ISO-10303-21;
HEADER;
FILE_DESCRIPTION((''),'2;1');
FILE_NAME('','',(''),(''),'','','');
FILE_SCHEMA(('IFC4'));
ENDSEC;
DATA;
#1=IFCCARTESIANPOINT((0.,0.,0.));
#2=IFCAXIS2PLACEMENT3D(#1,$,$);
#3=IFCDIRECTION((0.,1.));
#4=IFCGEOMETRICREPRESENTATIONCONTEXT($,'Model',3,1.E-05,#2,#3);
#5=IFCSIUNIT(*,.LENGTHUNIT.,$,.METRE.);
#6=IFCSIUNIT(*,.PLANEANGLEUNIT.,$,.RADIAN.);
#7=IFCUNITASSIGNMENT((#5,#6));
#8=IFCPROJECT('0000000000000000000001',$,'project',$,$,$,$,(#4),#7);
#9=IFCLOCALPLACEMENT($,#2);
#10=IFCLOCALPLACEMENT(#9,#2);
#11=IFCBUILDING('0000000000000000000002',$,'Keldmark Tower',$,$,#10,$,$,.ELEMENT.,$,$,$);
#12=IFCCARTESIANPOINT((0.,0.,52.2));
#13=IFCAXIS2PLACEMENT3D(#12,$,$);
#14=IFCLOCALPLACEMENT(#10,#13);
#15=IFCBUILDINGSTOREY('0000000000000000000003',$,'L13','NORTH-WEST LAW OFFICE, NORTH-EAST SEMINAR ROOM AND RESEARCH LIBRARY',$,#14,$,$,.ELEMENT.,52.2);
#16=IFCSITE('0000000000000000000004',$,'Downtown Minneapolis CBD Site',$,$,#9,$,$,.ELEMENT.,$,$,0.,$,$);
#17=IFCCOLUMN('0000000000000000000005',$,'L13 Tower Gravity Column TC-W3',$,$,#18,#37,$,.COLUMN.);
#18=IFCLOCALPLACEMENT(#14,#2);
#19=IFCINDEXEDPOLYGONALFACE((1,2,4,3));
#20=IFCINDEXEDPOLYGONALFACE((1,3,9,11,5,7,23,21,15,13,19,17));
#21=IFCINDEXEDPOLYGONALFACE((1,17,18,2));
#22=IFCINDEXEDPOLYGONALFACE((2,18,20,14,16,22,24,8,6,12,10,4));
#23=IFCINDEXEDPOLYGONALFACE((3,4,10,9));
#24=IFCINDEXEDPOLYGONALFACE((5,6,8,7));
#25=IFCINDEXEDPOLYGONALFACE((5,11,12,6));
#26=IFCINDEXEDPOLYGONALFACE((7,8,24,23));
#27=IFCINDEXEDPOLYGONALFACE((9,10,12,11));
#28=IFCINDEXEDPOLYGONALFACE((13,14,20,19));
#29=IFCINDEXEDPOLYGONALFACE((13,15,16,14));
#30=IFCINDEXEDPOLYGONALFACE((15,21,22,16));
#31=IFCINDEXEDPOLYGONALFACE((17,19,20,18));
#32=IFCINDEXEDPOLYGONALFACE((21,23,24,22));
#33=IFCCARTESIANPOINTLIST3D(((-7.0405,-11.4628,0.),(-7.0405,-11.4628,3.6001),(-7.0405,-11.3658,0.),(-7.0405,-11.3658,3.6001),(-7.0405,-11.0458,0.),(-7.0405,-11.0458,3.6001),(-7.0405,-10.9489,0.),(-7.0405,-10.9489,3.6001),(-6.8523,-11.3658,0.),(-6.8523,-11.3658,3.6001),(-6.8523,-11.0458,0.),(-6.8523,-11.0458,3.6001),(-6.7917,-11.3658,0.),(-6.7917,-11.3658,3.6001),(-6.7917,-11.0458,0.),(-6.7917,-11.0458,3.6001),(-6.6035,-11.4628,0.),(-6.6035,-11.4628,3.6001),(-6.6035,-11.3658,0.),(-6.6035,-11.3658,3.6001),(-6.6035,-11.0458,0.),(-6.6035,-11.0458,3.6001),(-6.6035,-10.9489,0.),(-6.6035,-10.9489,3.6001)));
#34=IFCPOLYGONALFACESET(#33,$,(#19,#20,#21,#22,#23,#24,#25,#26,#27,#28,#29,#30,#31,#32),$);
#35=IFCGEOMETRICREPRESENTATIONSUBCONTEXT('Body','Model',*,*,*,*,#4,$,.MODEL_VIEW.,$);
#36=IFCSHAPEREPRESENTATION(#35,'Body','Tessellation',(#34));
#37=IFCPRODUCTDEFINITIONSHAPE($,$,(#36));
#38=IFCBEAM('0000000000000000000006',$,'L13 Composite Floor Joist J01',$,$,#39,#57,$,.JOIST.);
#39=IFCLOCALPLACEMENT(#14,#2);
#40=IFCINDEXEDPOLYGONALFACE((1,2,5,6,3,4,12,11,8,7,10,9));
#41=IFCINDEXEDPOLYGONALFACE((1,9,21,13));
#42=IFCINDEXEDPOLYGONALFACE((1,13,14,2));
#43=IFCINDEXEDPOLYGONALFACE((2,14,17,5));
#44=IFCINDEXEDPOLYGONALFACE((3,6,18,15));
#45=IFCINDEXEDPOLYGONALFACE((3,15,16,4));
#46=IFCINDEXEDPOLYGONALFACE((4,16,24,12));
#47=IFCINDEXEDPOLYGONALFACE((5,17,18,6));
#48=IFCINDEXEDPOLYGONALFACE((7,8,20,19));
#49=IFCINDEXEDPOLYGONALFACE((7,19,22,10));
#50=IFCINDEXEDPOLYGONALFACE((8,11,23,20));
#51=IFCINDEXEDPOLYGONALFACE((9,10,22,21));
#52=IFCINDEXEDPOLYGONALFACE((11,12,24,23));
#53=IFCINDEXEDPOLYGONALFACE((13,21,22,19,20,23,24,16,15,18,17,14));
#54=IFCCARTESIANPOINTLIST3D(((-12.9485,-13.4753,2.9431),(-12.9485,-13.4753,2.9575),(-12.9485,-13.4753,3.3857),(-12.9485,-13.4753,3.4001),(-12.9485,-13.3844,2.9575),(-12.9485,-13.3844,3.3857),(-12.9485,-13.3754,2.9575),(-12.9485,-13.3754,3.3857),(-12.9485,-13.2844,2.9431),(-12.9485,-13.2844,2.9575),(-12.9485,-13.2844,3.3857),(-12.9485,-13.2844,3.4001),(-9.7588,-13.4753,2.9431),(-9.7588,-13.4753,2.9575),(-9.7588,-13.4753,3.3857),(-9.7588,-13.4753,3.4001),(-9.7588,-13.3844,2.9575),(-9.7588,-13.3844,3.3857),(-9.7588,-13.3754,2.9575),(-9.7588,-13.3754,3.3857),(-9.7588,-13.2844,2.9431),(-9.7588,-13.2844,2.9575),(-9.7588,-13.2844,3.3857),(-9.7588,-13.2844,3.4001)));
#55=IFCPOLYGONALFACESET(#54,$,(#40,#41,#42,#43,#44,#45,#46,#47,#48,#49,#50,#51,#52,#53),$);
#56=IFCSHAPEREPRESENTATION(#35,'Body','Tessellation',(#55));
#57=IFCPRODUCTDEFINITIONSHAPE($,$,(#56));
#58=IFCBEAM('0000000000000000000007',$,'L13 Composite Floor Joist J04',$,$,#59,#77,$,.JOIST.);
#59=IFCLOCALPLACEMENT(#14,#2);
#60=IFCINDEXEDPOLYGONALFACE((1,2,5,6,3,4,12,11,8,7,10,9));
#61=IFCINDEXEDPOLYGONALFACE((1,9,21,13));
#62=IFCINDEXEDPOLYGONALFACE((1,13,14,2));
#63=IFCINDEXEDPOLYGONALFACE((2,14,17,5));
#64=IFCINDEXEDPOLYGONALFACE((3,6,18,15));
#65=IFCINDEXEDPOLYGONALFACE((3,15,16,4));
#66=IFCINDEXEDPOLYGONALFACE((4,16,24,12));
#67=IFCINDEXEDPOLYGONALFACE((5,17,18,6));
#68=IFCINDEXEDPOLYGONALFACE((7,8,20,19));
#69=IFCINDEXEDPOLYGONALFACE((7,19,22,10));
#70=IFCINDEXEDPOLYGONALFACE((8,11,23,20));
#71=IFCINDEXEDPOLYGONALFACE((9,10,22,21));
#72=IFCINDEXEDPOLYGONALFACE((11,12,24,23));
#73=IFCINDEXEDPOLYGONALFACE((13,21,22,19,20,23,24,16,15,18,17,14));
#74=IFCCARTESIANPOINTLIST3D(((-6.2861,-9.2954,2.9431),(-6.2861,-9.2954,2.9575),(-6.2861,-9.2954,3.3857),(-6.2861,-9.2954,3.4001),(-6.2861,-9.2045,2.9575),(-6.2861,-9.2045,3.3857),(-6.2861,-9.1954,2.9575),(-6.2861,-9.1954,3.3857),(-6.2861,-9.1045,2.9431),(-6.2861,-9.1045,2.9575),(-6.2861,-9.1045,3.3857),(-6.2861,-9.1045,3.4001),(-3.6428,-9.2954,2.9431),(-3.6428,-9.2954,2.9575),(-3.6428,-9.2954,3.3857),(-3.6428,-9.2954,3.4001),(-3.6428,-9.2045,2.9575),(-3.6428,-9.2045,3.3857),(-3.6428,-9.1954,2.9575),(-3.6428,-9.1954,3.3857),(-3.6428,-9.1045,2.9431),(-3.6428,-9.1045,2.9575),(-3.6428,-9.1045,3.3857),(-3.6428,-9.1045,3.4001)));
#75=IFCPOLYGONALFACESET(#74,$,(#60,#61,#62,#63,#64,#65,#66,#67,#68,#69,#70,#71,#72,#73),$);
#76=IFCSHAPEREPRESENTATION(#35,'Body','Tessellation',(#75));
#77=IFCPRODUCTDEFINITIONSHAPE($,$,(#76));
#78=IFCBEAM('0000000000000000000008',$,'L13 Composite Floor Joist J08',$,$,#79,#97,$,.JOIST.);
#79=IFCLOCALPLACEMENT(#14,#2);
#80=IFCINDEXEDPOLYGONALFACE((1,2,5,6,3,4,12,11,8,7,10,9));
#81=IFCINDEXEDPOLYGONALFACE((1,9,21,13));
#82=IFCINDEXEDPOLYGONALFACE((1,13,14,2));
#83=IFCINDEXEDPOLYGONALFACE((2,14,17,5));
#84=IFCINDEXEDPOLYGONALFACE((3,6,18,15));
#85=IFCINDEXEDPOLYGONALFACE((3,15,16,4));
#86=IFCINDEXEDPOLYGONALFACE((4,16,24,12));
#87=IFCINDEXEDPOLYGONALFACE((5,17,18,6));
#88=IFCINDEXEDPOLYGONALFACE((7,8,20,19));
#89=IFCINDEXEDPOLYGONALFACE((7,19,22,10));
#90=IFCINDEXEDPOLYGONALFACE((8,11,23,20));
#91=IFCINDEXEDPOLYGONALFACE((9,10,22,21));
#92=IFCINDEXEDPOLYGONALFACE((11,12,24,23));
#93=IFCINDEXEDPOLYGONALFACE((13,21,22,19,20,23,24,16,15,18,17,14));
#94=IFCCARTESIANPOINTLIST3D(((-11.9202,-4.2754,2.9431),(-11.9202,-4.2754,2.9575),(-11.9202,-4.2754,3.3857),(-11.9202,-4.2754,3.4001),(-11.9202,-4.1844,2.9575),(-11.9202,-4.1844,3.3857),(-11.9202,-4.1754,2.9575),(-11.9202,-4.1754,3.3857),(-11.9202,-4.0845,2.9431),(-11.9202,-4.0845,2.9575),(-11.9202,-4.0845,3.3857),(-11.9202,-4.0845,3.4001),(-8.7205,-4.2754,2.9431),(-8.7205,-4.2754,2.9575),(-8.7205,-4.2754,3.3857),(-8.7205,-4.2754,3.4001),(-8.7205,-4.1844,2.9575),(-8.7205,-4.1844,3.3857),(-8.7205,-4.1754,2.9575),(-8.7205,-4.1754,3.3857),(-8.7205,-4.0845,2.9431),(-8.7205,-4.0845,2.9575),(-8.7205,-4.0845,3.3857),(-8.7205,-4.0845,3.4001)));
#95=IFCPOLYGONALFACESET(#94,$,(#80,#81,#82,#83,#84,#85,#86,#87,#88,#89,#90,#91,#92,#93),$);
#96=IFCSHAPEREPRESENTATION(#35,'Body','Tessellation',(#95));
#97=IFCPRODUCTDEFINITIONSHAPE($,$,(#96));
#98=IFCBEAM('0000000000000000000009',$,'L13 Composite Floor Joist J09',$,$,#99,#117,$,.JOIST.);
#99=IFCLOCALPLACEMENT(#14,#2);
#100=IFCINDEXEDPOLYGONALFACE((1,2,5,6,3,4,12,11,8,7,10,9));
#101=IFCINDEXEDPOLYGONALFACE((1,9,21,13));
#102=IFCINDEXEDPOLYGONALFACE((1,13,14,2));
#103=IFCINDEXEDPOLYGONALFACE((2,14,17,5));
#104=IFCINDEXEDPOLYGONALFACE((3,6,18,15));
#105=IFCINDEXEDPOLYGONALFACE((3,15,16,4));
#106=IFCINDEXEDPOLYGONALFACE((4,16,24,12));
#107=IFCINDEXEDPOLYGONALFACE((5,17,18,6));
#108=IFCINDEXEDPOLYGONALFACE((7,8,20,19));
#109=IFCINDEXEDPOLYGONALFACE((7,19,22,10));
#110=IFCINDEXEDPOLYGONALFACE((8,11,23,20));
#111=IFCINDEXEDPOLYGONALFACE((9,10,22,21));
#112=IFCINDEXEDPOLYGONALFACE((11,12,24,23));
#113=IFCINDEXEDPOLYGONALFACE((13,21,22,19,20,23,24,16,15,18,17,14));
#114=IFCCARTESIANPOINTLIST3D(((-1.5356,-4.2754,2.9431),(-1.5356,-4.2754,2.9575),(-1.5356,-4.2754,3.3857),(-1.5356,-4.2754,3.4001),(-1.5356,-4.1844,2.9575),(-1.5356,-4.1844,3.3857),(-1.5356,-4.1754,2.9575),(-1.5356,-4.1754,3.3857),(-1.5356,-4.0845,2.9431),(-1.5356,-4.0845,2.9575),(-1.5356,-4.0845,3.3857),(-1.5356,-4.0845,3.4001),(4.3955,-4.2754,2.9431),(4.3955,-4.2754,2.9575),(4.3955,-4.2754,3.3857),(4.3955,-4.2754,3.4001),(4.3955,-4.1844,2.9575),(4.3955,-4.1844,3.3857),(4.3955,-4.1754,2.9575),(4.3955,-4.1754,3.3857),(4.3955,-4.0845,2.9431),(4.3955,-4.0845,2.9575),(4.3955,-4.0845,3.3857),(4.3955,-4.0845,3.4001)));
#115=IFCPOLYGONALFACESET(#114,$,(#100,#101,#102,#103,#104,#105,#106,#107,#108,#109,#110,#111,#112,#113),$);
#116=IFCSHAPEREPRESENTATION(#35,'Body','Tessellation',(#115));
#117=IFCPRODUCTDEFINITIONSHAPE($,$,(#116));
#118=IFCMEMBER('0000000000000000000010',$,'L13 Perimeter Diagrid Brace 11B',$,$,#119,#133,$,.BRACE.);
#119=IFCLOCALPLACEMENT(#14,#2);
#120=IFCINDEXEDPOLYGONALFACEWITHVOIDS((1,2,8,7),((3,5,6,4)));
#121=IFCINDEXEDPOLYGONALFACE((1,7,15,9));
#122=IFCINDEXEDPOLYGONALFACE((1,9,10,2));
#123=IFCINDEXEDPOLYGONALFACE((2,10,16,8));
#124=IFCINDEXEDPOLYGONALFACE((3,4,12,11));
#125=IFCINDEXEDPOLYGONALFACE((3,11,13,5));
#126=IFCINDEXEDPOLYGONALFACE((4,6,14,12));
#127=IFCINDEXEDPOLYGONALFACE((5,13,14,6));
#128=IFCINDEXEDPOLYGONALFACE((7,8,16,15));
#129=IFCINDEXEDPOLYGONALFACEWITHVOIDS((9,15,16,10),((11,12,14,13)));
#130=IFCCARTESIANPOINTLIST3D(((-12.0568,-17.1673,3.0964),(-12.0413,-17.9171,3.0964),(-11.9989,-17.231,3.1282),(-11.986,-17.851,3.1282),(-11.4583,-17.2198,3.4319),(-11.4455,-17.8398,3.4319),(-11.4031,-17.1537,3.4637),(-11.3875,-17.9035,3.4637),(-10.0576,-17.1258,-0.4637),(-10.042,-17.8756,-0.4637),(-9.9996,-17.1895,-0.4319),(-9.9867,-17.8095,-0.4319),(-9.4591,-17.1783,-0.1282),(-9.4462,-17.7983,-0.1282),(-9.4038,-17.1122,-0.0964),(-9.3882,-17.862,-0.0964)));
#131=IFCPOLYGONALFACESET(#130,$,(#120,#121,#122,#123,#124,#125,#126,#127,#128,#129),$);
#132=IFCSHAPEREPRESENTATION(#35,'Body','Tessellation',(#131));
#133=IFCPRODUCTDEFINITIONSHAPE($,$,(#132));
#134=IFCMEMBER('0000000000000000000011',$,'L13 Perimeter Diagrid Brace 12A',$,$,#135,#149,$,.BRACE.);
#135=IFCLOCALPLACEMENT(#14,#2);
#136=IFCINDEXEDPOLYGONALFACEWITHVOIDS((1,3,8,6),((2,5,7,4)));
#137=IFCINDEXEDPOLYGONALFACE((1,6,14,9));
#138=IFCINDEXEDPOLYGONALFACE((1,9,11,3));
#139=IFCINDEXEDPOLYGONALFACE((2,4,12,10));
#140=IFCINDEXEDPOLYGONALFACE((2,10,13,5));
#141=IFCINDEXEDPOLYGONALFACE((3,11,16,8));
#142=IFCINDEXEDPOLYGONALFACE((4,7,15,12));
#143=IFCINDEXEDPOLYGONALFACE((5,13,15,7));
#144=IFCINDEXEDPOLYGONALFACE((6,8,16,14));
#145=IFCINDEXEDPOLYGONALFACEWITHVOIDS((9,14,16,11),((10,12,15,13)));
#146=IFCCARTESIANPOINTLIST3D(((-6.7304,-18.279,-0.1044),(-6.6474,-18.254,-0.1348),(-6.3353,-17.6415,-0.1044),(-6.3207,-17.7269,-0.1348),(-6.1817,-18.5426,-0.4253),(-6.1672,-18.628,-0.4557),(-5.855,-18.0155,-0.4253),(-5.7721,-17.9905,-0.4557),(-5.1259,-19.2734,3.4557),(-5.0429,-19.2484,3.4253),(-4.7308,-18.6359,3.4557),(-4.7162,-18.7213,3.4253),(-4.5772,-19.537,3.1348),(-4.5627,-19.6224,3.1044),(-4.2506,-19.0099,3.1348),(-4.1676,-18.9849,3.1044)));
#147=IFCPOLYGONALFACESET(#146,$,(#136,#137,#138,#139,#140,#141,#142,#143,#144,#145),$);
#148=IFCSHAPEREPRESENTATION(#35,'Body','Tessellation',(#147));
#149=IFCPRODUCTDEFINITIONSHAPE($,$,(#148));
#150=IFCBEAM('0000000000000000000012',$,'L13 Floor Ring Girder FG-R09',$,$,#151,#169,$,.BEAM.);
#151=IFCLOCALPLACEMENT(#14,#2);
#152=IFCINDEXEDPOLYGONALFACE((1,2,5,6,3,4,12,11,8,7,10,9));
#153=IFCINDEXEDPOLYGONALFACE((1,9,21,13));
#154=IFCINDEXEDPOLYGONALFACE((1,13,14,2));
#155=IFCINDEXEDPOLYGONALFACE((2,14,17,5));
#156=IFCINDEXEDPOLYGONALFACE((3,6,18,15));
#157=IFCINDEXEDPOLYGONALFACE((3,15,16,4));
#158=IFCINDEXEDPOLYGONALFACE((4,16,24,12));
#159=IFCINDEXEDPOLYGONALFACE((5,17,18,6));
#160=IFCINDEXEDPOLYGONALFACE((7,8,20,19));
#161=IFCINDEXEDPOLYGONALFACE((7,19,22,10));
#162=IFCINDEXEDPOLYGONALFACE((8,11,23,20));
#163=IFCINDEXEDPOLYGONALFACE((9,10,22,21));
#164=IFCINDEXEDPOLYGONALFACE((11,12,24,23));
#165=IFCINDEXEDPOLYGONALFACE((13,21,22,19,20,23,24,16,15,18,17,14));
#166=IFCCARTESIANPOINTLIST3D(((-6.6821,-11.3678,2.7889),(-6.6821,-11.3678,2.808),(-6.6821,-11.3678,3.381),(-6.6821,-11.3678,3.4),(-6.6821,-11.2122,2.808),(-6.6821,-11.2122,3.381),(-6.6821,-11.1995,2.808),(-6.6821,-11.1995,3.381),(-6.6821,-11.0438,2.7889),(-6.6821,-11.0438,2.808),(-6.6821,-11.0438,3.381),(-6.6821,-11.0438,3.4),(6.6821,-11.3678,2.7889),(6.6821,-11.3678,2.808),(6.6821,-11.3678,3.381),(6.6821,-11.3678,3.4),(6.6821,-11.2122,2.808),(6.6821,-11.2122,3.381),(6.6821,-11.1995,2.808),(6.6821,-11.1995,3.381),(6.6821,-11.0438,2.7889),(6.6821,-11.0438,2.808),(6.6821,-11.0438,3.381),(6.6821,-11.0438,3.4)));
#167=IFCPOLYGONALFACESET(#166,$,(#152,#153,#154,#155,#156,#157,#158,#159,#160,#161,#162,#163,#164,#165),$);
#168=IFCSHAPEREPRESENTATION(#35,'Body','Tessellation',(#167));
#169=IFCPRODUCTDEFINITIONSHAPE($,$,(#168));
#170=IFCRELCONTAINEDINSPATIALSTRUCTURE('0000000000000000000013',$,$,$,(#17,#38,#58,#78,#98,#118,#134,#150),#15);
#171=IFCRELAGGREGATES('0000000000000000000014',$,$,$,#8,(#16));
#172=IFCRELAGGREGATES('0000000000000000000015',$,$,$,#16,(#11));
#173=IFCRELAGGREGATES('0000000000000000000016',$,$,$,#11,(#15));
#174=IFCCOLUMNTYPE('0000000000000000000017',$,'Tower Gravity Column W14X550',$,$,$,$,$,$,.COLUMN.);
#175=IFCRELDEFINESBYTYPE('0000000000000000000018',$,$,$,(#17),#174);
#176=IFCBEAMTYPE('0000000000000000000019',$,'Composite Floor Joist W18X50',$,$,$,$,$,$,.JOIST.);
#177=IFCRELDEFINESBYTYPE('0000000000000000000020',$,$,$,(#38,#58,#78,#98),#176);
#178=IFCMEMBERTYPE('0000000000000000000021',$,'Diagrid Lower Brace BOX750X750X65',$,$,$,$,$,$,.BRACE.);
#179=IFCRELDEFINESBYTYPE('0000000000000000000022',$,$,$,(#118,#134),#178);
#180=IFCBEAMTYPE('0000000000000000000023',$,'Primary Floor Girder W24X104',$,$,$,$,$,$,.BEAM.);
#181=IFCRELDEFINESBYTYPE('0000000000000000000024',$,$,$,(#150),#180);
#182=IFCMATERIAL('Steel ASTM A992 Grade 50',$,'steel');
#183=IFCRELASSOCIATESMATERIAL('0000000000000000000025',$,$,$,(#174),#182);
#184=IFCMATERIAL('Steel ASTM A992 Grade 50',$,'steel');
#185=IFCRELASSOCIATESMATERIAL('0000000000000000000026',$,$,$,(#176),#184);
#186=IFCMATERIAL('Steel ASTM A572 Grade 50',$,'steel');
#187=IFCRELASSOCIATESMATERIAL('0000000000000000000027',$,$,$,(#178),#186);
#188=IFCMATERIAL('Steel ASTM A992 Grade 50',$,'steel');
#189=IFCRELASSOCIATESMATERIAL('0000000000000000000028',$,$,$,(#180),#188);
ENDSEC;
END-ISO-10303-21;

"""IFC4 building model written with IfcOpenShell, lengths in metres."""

from ifc_helpers import new_model, si_unit, direction, frame, origin, origin_2d, place, context, subcontext, project, spatial, hollow_rectangle, i_section, extrude, material, material_profile, profile_set, type_object, element, save


model = new_model("IFC4")

# Units and contexts
model_context = context("Model", 3, precision=1e-05, world=origin(), true_north=direction((0.0, 1.0)))
body_context = subcontext(model_context, "Body", "Model", "MODEL_VIEW")
ifc_project = project(units=[si_unit("LENGTHUNIT", "METRE"), si_unit("PLANEANGLEUNIT", "RADIAN")], contexts=[model_context])

# Site, building, storey
site_placement = place(None, origin())
site = spatial("IfcSite", under=ifc_project, at=site_placement, Name="Downtown Minneapolis CBD Site", CompositionType="ELEMENT", RefElevation=0.0)
building_placement = place(site_placement, origin())
building = spatial("IfcBuilding", under=site, at=building_placement, Name="Keldmark Tower", CompositionType="ELEMENT")
storey_placement = place(building_placement, frame((0.0, 0.0, 52.2)))
storey = spatial("IfcBuildingStorey", under=building, at=storey_placement, Name="L13", Description="NORTH-WEST LAW OFFICE, NORTH-EAST SEMINAR ROOM AND RESEARCH LIBRARY", CompositionType="ELEMENT", Elevation=52.2)

# Column
ifc_material_1 = material(Name="Steel ASTM A992 Grade 50", Category="steel")
ifc_material_profile_1 = material_profile(ifc_material_1, i_section(OverallWidth=0.437, OverallDepth=0.5139, WebThickness=0.0605, FlangeThickness=0.0969, at=origin_2d()), Name="W14X550")
ifc_profile_set_1 = profile_set([ifc_material_profile_1], Name="Steel ASTM A992 Grade 50")
column_type = type_object("IfcColumnType", Name="Tower Gravity Column W14X550", PredefinedType="COLUMN", material=ifc_profile_set_1)
column_placement = place(storey_placement, frame((-6.822, -11.2058, 0.0), z_axis=(0.0, 0.0, 1.0), x_axis=(1.0, 0.0, 0.0)))
element("IfcColumn", 1, at=column_placement, inside=storey, type_object=column_type, Name="L13 Tower Gravity Column TC-W3", PredefinedType="COLUMN", context=body_context, shape_type="SweptSolid", body=[
    extrude(i_section(OverallWidth=0.437, OverallDepth=0.5139, WebThickness=0.0605, FlangeThickness=0.0969, at=origin_2d()), origin(), (0.0, 0.0, 1.0), 3.6001),
])

# Beams
ifc_material_2 = material(Name="Steel ASTM A992 Grade 50", Category="steel")
ifc_material_profile_2 = material_profile(ifc_material_2, i_section(OverallWidth=0.1909, OverallDepth=0.457, WebThickness=0.009, FlangeThickness=0.0144, at=origin_2d()), Name="W18X50")
ifc_profile_set_2 = profile_set([ifc_material_profile_2], Name="Steel ASTM A992 Grade 50")
beam_type_1 = type_object("IfcBeamType", Name="Composite Floor Joist W18X50", PredefinedType="JOIST", material=ifc_profile_set_2)
beam_1_placement = place(storey_placement, frame((-12.9485, -13.3799, 3.1716), z_axis=(1.0, 0.0, 0.0), x_axis=(0.0, 1.0, 0.0)))
element("IfcBeam", 2, at=beam_1_placement, inside=storey, type_object=beam_type_1, Name="L13 Composite Floor Joist J01", PredefinedType="JOIST", context=body_context, shape_type="SweptSolid", body=[
    extrude(i_section(OverallWidth=0.1909, OverallDepth=0.457, WebThickness=0.009, FlangeThickness=0.0144, at=origin_2d()), origin(), (0.0, 0.0, 1.0), 3.1897),
])
beam_2_placement = place(storey_placement, frame((-6.2861, -9.2, 3.1716), z_axis=(1.0, 0.0, 0.0), x_axis=(0.0, 1.0, 0.0)))
element("IfcBeam", 3, at=beam_2_placement, inside=storey, type_object=beam_type_1, Name="L13 Composite Floor Joist J04", PredefinedType="JOIST", context=body_context, shape_type="SweptSolid", body=[
    extrude(i_section(OverallWidth=0.1909, OverallDepth=0.457, WebThickness=0.009, FlangeThickness=0.0144, at=origin_2d()), origin(), (0.0, 0.0, 1.0), 2.6433),
])
beam_3_placement = place(storey_placement, frame((-11.9202, -4.1799, 3.1716), z_axis=(1.0, 0.0, 0.0), x_axis=(0.0, 1.0, 0.0)))
element("IfcBeam", 4, at=beam_3_placement, inside=storey, type_object=beam_type_1, Name="L13 Composite Floor Joist J08", PredefinedType="JOIST", context=body_context, shape_type="SweptSolid", body=[
    extrude(i_section(OverallWidth=0.1909, OverallDepth=0.457, WebThickness=0.009, FlangeThickness=0.0144, at=origin_2d()), origin(), (0.0, 0.0, 1.0), 3.1997),
])
beam_4_placement = place(storey_placement, frame((-1.5356, -4.1799, 3.1716), z_axis=(1.0, 0.0, 0.0), x_axis=(0.0, 1.0, 0.0)))
element("IfcBeam", 5, at=beam_4_placement, inside=storey, type_object=beam_type_1, Name="L13 Composite Floor Joist J09", PredefinedType="JOIST", context=body_context, shape_type="SweptSolid", body=[
    extrude(i_section(OverallWidth=0.1909, OverallDepth=0.457, WebThickness=0.009, FlangeThickness=0.0144, at=origin_2d()), origin(), (0.0, 0.0, 1.0), 5.9312),
])

# Members
ifc_material_3 = material(Name="Steel ASTM A572 Grade 50", Category="steel")
ifc_material_profile_3 = material_profile(ifc_material_3, hollow_rectangle(XDim=0.75, YDim=0.75, WallThickness=0.0649, at=origin_2d()), Name="BOX750X750X65")
ifc_profile_set_3 = profile_set([ifc_material_profile_3], Name="Steel ASTM A572 Grade 50")
member_type = type_object("IfcMemberType", Name="Diagrid Lower Brace BOX750X750X65", PredefinedType="BRACE", material=ifc_profile_set_3)
member_1_placement = place(storey_placement, frame((-9.7229, -17.4939, -0.28), z_axis=(-0.489628, -0.010164, 0.871872), x_axis=(0.020755, -0.999785, 0.0)))
element("IfcMember", 6, at=member_1_placement, inside=storey, type_object=member_type, Name="L13 Perimeter Diagrid Brace 11B", PredefinedType="BRACE", context=body_context, shape_type="SweptSolid", body=[
    extrude(hollow_rectangle(XDim=0.75, YDim=0.75, WallThickness=0.0649, at=origin_2d()), origin(), (0.0, 0.0, 1.0), 4.0833),
])
member_2_placement = place(storey_placement, frame((-6.2512, -18.1348, -0.28), z_axis=(0.398182, -0.246774, 0.88349), x_axis=(0.526786, 0.849998, 0.0)))
element("IfcMember", 7, at=member_2_placement, inside=storey, type_object=member_type, Name="L13 Perimeter Diagrid Brace 12A", PredefinedType="BRACE", context=body_context, shape_type="SweptSolid", body=[
    extrude(hollow_rectangle(XDim=0.75, YDim=0.75, WallThickness=0.0649, at=origin_2d()), origin(), (0.0, 0.0, 1.0), 4.0295),
])

# Beam
ifc_material_4 = material(Name="Steel ASTM A992 Grade 50", Category="steel")
ifc_material_profile_4 = material_profile(ifc_material_4, i_section(OverallWidth=0.324, OverallDepth=0.6111, WebThickness=0.0127, FlangeThickness=0.019, at=origin_2d()), Name="W24X104")
ifc_profile_set_4 = profile_set([ifc_material_profile_4], Name="Steel ASTM A992 Grade 50")
beam_type_2 = type_object("IfcBeamType", Name="Primary Floor Girder W24X104", PredefinedType="BEAM", material=ifc_profile_set_4)
beam_5_placement = place(storey_placement, frame((-6.6821, -11.2058, 3.0945), z_axis=(1.0, 0.0, 0.0), x_axis=(0.0, 1.0, 0.0)))
element("IfcBeam", 8, at=beam_5_placement, inside=storey, type_object=beam_type_2, Name="L13 Floor Ring Girder FG-R09", PredefinedType="BEAM", context=body_context, shape_type="SweptSolid", body=[
    extrude(i_section(OverallWidth=0.324, OverallDepth=0.6111, WebThickness=0.0127, FlangeThickness=0.019, at=origin_2d()), origin(), (0.0, 0.0, 1.0), 13.3643),
])

save(model, "model.ifc")
